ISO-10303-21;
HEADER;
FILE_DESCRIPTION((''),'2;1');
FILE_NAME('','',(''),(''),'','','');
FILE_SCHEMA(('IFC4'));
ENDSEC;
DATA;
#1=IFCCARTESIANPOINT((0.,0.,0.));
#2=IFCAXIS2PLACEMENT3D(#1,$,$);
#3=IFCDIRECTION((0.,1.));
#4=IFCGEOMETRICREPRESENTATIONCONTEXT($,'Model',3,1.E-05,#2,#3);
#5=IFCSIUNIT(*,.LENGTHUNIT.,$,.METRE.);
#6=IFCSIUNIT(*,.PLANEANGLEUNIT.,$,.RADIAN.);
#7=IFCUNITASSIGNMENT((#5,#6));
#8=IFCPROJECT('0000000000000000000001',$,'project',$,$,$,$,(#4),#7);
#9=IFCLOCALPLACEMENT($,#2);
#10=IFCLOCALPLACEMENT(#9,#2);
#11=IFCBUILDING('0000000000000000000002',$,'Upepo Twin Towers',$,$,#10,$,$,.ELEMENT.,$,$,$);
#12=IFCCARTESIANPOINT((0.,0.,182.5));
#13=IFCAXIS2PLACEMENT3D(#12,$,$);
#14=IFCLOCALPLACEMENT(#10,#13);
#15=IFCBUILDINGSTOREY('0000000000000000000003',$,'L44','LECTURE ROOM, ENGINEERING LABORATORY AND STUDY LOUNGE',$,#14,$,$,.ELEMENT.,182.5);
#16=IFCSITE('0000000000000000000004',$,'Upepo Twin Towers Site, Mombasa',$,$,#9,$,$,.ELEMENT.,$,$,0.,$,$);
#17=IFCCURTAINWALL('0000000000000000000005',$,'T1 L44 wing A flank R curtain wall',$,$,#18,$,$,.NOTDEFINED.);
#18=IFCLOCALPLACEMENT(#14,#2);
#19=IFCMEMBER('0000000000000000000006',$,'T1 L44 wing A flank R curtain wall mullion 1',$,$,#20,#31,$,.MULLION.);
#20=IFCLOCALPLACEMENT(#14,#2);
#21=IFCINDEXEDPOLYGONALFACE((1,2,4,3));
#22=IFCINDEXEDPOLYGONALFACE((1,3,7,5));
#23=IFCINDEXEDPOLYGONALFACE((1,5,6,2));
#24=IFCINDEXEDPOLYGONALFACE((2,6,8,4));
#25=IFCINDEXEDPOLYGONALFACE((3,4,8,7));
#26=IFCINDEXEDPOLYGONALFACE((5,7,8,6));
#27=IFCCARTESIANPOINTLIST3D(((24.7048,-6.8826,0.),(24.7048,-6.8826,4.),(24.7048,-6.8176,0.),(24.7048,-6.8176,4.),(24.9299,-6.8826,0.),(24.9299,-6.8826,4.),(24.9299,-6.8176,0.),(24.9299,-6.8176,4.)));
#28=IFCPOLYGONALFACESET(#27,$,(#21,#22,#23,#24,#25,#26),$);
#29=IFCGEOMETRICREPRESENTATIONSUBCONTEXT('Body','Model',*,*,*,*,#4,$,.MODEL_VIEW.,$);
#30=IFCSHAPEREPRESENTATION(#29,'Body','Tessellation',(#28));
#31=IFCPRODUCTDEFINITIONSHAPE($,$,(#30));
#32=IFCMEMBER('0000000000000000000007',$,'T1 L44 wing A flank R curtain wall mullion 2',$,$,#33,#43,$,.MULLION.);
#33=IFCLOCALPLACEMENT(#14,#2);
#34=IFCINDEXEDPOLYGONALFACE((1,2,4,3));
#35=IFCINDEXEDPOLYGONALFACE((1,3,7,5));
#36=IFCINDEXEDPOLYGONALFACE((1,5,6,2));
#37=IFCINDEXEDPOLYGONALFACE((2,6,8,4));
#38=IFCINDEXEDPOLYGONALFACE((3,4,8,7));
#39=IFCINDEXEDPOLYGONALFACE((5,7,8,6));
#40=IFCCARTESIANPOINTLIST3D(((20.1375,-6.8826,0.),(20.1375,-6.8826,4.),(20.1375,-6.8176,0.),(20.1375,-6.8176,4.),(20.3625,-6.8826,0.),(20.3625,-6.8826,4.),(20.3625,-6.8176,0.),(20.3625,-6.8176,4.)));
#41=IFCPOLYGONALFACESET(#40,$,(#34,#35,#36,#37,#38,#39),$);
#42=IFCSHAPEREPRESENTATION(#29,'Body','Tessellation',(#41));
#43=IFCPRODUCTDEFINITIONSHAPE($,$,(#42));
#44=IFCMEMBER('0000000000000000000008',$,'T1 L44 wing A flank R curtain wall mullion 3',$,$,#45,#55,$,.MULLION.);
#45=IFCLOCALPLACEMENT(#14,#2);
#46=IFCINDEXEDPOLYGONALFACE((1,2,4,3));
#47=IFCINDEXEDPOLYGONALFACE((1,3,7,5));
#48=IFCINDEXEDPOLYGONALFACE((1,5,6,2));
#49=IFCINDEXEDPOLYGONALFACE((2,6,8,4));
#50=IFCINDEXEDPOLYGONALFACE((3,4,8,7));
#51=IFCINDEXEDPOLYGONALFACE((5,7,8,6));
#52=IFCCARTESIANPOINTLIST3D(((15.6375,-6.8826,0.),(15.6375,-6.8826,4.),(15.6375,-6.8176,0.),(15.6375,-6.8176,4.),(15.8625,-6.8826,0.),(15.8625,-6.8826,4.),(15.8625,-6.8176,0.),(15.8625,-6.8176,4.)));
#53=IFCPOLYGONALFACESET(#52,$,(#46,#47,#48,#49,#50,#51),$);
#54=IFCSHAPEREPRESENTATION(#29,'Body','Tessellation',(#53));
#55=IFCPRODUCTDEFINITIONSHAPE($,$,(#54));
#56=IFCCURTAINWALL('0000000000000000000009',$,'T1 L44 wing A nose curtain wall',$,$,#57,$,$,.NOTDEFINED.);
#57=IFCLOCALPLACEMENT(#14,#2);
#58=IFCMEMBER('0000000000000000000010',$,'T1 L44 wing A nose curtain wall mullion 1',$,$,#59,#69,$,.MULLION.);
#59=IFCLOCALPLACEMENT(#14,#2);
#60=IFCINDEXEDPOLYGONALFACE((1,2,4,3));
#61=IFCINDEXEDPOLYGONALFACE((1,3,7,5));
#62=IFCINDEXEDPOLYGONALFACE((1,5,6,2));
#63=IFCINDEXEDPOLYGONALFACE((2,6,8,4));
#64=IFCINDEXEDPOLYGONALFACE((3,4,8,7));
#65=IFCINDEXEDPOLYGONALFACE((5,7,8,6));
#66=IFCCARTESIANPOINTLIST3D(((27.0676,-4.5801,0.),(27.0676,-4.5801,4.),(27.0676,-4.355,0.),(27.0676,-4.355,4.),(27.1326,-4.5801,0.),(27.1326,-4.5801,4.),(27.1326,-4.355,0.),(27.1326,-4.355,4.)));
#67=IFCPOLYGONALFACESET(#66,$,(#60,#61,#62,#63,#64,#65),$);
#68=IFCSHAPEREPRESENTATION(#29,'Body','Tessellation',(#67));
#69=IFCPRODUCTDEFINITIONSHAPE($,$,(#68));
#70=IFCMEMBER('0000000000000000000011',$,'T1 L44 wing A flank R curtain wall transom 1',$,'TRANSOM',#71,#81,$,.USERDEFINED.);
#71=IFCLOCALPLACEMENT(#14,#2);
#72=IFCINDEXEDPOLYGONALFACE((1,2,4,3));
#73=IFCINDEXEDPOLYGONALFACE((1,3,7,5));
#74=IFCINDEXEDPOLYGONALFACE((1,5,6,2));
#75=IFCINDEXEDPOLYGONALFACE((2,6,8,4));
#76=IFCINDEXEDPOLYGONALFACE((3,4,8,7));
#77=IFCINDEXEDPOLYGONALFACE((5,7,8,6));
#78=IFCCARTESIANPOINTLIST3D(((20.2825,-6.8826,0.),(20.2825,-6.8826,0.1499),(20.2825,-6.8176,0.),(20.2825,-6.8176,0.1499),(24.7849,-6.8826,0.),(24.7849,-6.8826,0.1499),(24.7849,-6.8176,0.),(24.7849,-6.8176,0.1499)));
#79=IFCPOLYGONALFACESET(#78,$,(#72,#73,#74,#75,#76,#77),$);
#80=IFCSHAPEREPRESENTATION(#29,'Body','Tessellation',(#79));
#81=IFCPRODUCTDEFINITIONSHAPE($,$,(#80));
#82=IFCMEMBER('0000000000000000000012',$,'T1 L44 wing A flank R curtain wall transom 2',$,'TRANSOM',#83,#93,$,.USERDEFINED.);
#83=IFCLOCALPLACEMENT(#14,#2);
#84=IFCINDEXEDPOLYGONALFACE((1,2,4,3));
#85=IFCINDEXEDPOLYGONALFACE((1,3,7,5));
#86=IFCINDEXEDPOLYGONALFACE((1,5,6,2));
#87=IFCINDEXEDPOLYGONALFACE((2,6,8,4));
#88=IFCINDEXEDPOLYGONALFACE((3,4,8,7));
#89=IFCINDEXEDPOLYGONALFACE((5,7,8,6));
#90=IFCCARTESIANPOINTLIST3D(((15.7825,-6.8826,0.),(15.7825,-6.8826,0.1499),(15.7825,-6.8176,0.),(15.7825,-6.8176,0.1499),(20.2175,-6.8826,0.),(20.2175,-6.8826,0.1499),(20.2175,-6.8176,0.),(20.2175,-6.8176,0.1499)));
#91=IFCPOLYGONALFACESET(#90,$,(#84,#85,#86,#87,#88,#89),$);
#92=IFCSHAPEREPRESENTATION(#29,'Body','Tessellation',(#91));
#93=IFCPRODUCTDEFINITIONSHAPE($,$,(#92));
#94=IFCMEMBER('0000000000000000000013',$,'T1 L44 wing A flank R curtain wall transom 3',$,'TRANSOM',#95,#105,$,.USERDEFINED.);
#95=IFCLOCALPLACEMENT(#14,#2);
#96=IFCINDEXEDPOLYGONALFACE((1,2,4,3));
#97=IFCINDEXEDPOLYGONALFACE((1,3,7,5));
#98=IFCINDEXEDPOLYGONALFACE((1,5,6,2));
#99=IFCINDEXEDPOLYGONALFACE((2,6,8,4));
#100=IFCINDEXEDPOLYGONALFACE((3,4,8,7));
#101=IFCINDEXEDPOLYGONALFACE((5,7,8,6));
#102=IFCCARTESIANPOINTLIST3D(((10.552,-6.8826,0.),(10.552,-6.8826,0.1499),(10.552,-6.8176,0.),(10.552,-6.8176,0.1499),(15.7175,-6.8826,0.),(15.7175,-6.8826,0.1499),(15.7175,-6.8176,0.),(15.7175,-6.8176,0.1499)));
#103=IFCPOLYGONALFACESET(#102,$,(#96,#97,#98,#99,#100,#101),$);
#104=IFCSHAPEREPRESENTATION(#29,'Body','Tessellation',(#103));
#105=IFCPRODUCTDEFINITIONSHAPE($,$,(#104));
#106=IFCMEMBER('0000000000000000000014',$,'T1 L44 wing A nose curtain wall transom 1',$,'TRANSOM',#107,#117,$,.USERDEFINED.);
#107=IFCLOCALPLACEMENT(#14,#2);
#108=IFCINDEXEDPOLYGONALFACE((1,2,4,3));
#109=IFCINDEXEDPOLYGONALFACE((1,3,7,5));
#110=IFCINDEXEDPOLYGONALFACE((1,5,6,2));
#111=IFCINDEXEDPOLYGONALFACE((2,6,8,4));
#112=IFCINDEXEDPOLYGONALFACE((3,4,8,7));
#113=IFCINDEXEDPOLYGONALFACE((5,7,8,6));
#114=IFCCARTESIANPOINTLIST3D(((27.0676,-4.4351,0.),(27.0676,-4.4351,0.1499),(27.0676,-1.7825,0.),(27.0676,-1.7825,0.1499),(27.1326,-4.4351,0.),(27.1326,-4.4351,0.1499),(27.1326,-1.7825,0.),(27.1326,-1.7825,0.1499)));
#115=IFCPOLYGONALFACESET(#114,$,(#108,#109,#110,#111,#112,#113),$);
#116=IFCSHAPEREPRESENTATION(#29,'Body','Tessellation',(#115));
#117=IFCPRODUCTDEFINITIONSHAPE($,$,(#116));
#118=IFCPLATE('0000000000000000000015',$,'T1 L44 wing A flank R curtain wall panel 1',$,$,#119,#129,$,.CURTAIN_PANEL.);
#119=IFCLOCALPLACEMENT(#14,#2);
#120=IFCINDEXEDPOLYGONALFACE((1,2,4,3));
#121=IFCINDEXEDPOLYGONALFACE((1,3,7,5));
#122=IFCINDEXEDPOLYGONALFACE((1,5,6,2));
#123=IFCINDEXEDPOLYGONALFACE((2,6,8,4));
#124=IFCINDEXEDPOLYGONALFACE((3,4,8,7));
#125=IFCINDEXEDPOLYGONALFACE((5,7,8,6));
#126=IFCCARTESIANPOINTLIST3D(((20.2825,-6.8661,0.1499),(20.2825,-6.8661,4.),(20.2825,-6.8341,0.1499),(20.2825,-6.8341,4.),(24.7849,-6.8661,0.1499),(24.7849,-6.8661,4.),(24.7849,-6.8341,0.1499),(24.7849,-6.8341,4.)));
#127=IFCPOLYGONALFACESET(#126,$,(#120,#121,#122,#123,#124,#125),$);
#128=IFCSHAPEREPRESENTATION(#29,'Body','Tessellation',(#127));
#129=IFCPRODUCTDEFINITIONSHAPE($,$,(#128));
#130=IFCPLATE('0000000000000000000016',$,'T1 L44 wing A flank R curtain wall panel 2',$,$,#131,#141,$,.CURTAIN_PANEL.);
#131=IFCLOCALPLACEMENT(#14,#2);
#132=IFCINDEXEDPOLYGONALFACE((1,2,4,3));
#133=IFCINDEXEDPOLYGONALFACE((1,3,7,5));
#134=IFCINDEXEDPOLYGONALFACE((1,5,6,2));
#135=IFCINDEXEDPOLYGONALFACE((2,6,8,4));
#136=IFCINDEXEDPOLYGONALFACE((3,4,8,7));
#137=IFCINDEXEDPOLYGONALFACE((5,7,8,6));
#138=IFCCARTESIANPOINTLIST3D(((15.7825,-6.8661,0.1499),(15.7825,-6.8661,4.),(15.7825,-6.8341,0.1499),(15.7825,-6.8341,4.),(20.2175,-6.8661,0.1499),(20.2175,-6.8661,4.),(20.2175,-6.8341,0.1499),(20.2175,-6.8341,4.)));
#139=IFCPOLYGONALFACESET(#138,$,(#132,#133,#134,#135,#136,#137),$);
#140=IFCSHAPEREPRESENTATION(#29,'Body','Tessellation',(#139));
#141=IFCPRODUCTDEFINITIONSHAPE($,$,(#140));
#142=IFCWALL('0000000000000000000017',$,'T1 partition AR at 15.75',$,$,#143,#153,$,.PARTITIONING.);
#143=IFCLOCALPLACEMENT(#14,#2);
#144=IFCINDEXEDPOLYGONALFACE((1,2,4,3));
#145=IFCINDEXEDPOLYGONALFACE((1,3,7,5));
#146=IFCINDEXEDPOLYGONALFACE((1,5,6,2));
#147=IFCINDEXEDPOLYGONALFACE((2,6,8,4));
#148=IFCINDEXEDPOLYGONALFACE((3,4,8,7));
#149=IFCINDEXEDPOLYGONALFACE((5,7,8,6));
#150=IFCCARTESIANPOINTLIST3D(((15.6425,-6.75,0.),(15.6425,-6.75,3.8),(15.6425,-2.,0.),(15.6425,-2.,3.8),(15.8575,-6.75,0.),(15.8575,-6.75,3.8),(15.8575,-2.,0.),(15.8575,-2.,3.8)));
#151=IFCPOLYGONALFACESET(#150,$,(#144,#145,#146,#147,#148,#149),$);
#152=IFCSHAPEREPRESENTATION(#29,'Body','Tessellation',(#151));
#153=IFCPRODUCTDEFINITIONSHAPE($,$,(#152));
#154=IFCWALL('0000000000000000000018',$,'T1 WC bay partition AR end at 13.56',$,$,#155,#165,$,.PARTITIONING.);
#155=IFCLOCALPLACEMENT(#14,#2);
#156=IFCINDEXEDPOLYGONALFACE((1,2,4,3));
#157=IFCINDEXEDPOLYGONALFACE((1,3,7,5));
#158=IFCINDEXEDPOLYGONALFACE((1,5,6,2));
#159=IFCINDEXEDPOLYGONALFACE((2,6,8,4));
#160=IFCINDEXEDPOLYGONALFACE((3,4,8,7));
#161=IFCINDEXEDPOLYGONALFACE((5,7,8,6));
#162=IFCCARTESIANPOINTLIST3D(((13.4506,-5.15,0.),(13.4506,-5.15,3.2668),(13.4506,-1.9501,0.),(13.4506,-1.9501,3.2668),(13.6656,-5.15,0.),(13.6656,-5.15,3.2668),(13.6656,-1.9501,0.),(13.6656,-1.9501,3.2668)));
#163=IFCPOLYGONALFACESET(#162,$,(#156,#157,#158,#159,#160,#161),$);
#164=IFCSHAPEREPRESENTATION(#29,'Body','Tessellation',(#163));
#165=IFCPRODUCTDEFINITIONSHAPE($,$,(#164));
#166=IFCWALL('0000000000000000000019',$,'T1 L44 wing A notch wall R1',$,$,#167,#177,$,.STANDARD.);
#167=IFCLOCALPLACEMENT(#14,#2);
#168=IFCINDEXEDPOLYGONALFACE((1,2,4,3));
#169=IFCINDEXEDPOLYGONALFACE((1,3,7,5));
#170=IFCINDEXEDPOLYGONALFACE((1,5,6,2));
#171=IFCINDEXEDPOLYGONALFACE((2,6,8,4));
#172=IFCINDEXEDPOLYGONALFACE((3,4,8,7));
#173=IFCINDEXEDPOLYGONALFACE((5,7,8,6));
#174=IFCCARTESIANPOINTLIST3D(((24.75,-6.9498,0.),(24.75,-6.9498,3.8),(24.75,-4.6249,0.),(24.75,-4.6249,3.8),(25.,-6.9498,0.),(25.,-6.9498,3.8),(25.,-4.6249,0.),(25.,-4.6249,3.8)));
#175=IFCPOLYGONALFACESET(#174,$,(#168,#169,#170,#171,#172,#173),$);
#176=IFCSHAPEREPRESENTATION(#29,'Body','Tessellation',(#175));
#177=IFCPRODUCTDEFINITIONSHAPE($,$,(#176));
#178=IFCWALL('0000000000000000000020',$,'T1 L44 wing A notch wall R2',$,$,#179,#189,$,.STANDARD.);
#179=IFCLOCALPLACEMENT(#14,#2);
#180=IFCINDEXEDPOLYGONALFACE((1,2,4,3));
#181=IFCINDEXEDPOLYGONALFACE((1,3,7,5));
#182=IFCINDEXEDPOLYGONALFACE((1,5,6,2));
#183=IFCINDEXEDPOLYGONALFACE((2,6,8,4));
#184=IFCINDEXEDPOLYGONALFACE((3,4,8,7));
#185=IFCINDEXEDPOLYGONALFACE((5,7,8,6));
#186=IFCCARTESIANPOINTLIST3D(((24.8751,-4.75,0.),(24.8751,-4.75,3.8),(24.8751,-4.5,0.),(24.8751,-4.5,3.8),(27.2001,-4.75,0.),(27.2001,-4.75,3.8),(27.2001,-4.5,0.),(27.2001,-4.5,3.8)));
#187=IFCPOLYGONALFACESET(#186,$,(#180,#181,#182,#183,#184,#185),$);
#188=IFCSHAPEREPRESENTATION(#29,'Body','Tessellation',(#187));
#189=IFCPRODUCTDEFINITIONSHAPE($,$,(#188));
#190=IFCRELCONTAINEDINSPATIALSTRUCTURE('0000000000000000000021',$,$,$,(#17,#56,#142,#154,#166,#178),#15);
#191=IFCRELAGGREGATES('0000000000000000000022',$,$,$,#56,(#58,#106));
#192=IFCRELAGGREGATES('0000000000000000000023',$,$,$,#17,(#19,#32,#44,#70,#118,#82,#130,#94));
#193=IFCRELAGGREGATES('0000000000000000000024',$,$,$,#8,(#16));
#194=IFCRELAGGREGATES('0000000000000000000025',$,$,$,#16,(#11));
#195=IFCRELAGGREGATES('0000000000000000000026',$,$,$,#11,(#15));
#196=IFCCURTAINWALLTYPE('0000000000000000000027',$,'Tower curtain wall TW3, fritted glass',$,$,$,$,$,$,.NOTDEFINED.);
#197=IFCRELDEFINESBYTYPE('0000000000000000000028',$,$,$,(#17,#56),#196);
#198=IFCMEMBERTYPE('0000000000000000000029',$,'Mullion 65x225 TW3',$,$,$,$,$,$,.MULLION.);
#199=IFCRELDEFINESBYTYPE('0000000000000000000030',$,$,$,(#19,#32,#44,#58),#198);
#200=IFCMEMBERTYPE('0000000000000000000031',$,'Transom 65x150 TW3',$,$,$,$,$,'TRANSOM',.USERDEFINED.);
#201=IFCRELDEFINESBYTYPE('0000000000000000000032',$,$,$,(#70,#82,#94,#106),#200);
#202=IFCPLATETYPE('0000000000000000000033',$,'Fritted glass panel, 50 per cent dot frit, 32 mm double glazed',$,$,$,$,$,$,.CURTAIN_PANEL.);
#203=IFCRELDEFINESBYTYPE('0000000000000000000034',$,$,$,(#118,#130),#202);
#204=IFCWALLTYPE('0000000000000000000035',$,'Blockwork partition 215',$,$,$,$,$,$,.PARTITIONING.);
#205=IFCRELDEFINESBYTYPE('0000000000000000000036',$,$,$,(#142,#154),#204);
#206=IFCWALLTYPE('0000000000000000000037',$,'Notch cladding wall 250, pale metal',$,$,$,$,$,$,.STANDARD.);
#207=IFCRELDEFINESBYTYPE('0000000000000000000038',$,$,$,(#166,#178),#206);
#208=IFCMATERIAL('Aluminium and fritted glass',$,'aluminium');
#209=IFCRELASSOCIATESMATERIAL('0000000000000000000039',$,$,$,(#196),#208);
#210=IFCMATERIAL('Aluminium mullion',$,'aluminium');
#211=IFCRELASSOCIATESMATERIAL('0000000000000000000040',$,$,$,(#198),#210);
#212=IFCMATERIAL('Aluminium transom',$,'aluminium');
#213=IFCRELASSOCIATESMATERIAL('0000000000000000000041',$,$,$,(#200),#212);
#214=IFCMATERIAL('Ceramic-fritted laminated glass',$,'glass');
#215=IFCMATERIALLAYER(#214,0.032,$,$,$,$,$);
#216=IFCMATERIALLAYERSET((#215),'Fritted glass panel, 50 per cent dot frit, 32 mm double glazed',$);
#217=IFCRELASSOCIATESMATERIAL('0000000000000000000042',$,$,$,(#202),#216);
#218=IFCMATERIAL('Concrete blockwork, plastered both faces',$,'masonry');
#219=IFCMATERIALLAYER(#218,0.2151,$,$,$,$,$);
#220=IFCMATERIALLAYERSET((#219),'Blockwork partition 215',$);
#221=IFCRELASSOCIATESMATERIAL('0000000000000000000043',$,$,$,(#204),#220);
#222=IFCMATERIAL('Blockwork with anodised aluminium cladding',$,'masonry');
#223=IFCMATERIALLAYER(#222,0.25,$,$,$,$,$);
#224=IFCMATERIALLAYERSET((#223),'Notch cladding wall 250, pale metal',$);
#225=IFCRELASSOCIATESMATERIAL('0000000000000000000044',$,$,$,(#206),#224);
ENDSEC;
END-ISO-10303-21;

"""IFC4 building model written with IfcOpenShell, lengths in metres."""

from ifc_helpers import new_model, si_unit, direction, frame, frame_2d, origin, origin_2d, place, context, subcontext, project, spatial, rectangle, extrude, material, layer, layer_set, material_profile, profile_set, type_object, element, aggregate, save


model = new_model("IFC4")

# Units and contexts
model_context = context("Model", 3, precision=1e-05, world=origin(), true_north=direction((0.0, 1.0)))
body_context = subcontext(model_context, "Body", "Model", "MODEL_VIEW")
ifc_project = project(units=[si_unit("LENGTHUNIT", "METRE"), si_unit("PLANEANGLEUNIT", "RADIAN")], contexts=[model_context])

# Site, building, storey
site_placement = place(None, origin())
site = spatial("IfcSite", under=ifc_project, at=site_placement, Name="Upepo Twin Towers Site, Mombasa", CompositionType="ELEMENT", RefElevation=0.0)
building_placement = place(site_placement, origin())
building = spatial("IfcBuilding", under=site, at=building_placement, Name="Upepo Twin Towers", CompositionType="ELEMENT")
storey_placement = place(building_placement, frame((0.0, 0.0, 182.5)))
storey = spatial("IfcBuildingStorey", under=building, at=storey_placement, Name="L44", Description="LECTURE ROOM, ENGINEERING LABORATORY AND STUDY LOUNGE", CompositionType="ELEMENT", Elevation=182.5)

# Curtain wall, members
ifc_material_1 = material(Name="Aluminium and fritted glass", Category="aluminium")
curtain_wall_type = type_object("IfcCurtainWallType", Name="Tower curtain wall TW3, fritted glass", PredefinedType="NOTDEFINED", material=ifc_material_1)
curtain_wall_1_placement = place(storey_placement, origin())
curtain_wall_1 = element("IfcCurtainWall", 1, at=curtain_wall_1_placement, inside=storey, type_object=curtain_wall_type, Name="T1 L44 wing A flank R curtain wall", PredefinedType="NOTDEFINED")
ifc_material_2 = material(Name="Aluminium mullion", Category="aluminium")
ifc_material_profile_1 = material_profile(ifc_material_2, rectangle(XDim=0.0649, YDim=0.2251, at=origin_2d()), Name="MULLION 65x225")
ifc_profile_set_1 = profile_set([ifc_material_profile_1], Name="Aluminium mullion")
member_type_1 = type_object("IfcMemberType", Name="Mullion 65x225 TW3", PredefinedType="MULLION", material=ifc_profile_set_1)
member_1_placement = place(storey_placement, frame((24.8174, -6.8501, 0.0), z_axis=(0.0, 0.0, 1.0), x_axis=(0.0, -1.0, 0.0)))
member_1 = element("IfcMember", 2, at=member_1_placement, type_object=member_type_1, Name="T1 L44 wing A flank R curtain wall mullion 1", PredefinedType="MULLION", context=body_context, shape_type="SweptSolid", body=[
    extrude(rectangle(XDim=0.0649, YDim=0.2251, at=origin_2d()), origin(), (0.0, 0.0, 1.0), 4.0),
])
member_2_placement = place(storey_placement, frame((20.25, -6.8501, 0.0), z_axis=(0.0, 0.0, 1.0), x_axis=(0.0, -1.0, 0.0)))
member_2 = element("IfcMember", 3, at=member_2_placement, type_object=member_type_1, Name="T1 L44 wing A flank R curtain wall mullion 2", PredefinedType="MULLION", context=body_context, shape_type="SweptSolid", body=[
    extrude(rectangle(XDim=0.0649, YDim=0.2251, at=origin_2d()), origin(), (0.0, 0.0, 1.0), 4.0),
])
member_3_placement = place(storey_placement, frame((15.75, -6.8501, 0.0), z_axis=(0.0, 0.0, 1.0), x_axis=(0.0, -1.0, 0.0)))
member_3 = element("IfcMember", 4, at=member_3_placement, type_object=member_type_1, Name="T1 L44 wing A flank R curtain wall mullion 3", PredefinedType="MULLION", context=body_context, shape_type="SweptSolid", body=[
    extrude(rectangle(XDim=0.0649, YDim=0.2251, at=origin_2d()), origin(), (0.0, 0.0, 1.0), 4.0),
])

# Curtain wall, member
curtain_wall_2_placement = place(storey_placement, origin())
curtain_wall_2 = element("IfcCurtainWall", 5, at=curtain_wall_2_placement, inside=storey, type_object=curtain_wall_type, Name="T1 L44 wing A nose curtain wall", PredefinedType="NOTDEFINED")
member_4_placement = place(storey_placement, frame((27.1001, -4.4675, 0.0), z_axis=(0.0, 0.0, 1.0), x_axis=(-1.0, 0.0, 0.0)))
member_4 = element("IfcMember", 6, at=member_4_placement, type_object=member_type_1, Name="T1 L44 wing A nose curtain wall mullion 1", PredefinedType="MULLION", context=body_context, shape_type="SweptSolid", body=[
    extrude(rectangle(XDim=0.0649, YDim=0.2251, at=origin_2d()), origin(), (0.0, 0.0, 1.0), 4.0),
])

# Members
ifc_material_3 = material(Name="Aluminium transom", Category="aluminium")
ifc_material_profile_2 = material_profile(ifc_material_3, rectangle(XDim=0.0649, YDim=0.1499, at=origin_2d()), Name="TRANSOM 65x150")
ifc_profile_set_2 = profile_set([ifc_material_profile_2], Name="Aluminium transom")
member_type_2 = type_object("IfcMemberType", Name="Transom 65x150 TW3", ElementType="TRANSOM", PredefinedType="USERDEFINED", material=ifc_profile_set_2)
member_5_placement = place(storey_placement, frame((24.7849, -6.8501, 0.075), z_axis=(-1.0, 0.0, 0.0), x_axis=(0.0, -1.0, 0.0)))
member_5 = element("IfcMember", 7, at=member_5_placement, type_object=member_type_2, Name="T1 L44 wing A flank R curtain wall transom 1", ObjectType="TRANSOM", PredefinedType="USERDEFINED", context=body_context, shape_type="SweptSolid", body=[
    extrude(rectangle(XDim=0.0649, YDim=0.1499, at=origin_2d()), origin(), (0.0, 0.0, 1.0), 4.5024),
])
member_6_placement = place(storey_placement, frame((20.2175, -6.8501, 0.075), z_axis=(-1.0, 0.0, 0.0), x_axis=(0.0, -1.0, 0.0)))
member_6 = element("IfcMember", 8, at=member_6_placement, type_object=member_type_2, Name="T1 L44 wing A flank R curtain wall transom 2", ObjectType="TRANSOM", PredefinedType="USERDEFINED", context=body_context, shape_type="SweptSolid", body=[
    extrude(rectangle(XDim=0.0649, YDim=0.1499, at=origin_2d()), origin(), (0.0, 0.0, 1.0), 4.4351),
])
member_7_placement = place(storey_placement, frame((15.7175, -6.8501, 0.075), z_axis=(-1.0, 0.0, 0.0), x_axis=(0.0, -1.0, 0.0)))
member_7 = element("IfcMember", 9, at=member_7_placement, type_object=member_type_2, Name="T1 L44 wing A flank R curtain wall transom 3", ObjectType="TRANSOM", PredefinedType="USERDEFINED", context=body_context, shape_type="SweptSolid", body=[
    extrude(rectangle(XDim=0.0649, YDim=0.1499, at=origin_2d()), origin(), (0.0, 0.0, 1.0), 5.1655),
])
member_8_placement = place(storey_placement, frame((27.1001, -4.4351, 0.075), z_axis=(0.0, 1.0, 0.0), x_axis=(-1.0, 0.0, 0.0)))
member_8 = element("IfcMember", 10, at=member_8_placement, type_object=member_type_2, Name="T1 L44 wing A nose curtain wall transom 1", ObjectType="TRANSOM", PredefinedType="USERDEFINED", context=body_context, shape_type="SweptSolid", body=[
    extrude(rectangle(XDim=0.0649, YDim=0.1499, at=origin_2d()), origin(), (0.0, 0.0, 1.0), 2.6526),
])
aggregate(curtain_wall_2, [member_4, member_8])

# Plates
ifc_material_4 = material(Name="Ceramic-fritted laminated glass", Category="glass")
ifc_layer_1 = layer(ifc_material_4, 0.032)
ifc_layer_set_1 = layer_set([ifc_layer_1], Name="Fritted glass panel, 50 per cent dot frit, 32 mm double glazed")
plate_type = type_object("IfcPlateType", Name="Fritted glass panel, 50 per cent dot frit, 32 mm double glazed", PredefinedType="CURTAIN_PANEL", material=ifc_layer_set_1)
plate_1_placement = place(storey_placement, frame((22.5337, -6.8501, 0.1499), z_axis=(0.0, 0.0, 1.0), x_axis=(-1.0, 0.0, 0.0)))
plate_1 = element("IfcPlate", 11, at=plate_1_placement, type_object=plate_type, Name="T1 L44 wing A flank R curtain wall panel 1", PredefinedType="CURTAIN_PANEL", context=body_context, shape_type="SweptSolid", body=[
    extrude(rectangle(XDim=4.5024, YDim=0.032, at=origin_2d()), origin(), (0.0, 0.0, 1.0), 3.8501),
])
plate_2_placement = place(storey_placement, frame((18.0, -6.8501, 0.1499), z_axis=(0.0, 0.0, 1.0), x_axis=(-1.0, 0.0, 0.0)))
plate_2 = element("IfcPlate", 12, at=plate_2_placement, type_object=plate_type, Name="T1 L44 wing A flank R curtain wall panel 2", PredefinedType="CURTAIN_PANEL", context=body_context, shape_type="SweptSolid", body=[
    extrude(rectangle(XDim=4.4351, YDim=0.032, at=origin_2d()), origin(), (0.0, 0.0, 1.0), 3.8501),
])
aggregate(curtain_wall_1, [member_1, member_2, member_3, member_5, plate_1, member_6, plate_2, member_7])

# Walls
ifc_material_5 = material(Name="Concrete blockwork, plastered both faces", Category="masonry")
ifc_layer_2 = layer(ifc_material_5, 0.2151)
ifc_layer_set_2 = layer_set([ifc_layer_2], Name="Blockwork partition 215")
wall_type_1 = type_object("IfcWallType", Name="Blockwork partition 215", PredefinedType="PARTITIONING", material=ifc_layer_set_2)
wall_1_placement = place(storey_placement, frame((15.75, -2.0, 0.0), z_axis=(0.0, 0.0, 1.0), x_axis=(0.0, -1.0, 0.0)))
element("IfcWall", 13, at=wall_1_placement, inside=storey, type_object=wall_type_1, Name="T1 partition AR at 15.75", PredefinedType="PARTITIONING", context=body_context, shape_type="SweptSolid", body=[
    extrude(rectangle(XDim=4.75, YDim=0.2151, at=frame_2d((2.375, 0.0))), origin(), (0.0, 0.0, 1.0), 3.8),
])
wall_2_placement = place(storey_placement, frame((13.5581, -1.95, 0.0), z_axis=(0.0, 0.0, 1.0), x_axis=(0.0, -1.0, 0.0)))
element("IfcWall", 14, at=wall_2_placement, inside=storey, type_object=wall_type_1, Name="T1 WC bay partition AR end at 13.56", PredefinedType="PARTITIONING", context=body_context, shape_type="SweptSolid", body=[
    extrude(rectangle(XDim=3.2, YDim=0.2151, at=frame_2d((1.6001, 0.0))), origin(), (0.0, 0.0, 1.0), 3.2668),
])
ifc_material_6 = material(Name="Blockwork with anodised aluminium cladding", Category="masonry")
ifc_layer_3 = layer(ifc_material_6, 0.25)
ifc_layer_set_3 = layer_set([ifc_layer_3], Name="Notch cladding wall 250, pale metal")
wall_type_2 = type_object("IfcWallType", Name="Notch cladding wall 250, pale metal", PredefinedType="STANDARD", material=ifc_layer_set_3)
for number, where, z_axis, x_axis, name in (
    (15, (24.875, -6.95, 0.0), (0.0, 0.0, 1.0), (0.0, 1.0, 0.0), "T1 L44 wing A notch wall R1"),
    (16, (24.875, -4.625, 0.0), (0.0, 0.0, 1.0), (1.0, 0.0, 0.0), "T1 L44 wing A notch wall R2"),
):
    element("IfcWall", number, at=place(storey_placement, frame(where, z_axis=z_axis, x_axis=x_axis)), inside=storey, type_object=wall_type_2, Name=name, PredefinedType="STANDARD", context=body_context, shape_type="SweptSolid", body=[
        extrude(rectangle(XDim=2.325, YDim=0.25, at=frame_2d((1.1626, 0.0))), origin(), (0.0, 0.0, 1.0), 3.8),
    ])

save(model, "model.ifc")
